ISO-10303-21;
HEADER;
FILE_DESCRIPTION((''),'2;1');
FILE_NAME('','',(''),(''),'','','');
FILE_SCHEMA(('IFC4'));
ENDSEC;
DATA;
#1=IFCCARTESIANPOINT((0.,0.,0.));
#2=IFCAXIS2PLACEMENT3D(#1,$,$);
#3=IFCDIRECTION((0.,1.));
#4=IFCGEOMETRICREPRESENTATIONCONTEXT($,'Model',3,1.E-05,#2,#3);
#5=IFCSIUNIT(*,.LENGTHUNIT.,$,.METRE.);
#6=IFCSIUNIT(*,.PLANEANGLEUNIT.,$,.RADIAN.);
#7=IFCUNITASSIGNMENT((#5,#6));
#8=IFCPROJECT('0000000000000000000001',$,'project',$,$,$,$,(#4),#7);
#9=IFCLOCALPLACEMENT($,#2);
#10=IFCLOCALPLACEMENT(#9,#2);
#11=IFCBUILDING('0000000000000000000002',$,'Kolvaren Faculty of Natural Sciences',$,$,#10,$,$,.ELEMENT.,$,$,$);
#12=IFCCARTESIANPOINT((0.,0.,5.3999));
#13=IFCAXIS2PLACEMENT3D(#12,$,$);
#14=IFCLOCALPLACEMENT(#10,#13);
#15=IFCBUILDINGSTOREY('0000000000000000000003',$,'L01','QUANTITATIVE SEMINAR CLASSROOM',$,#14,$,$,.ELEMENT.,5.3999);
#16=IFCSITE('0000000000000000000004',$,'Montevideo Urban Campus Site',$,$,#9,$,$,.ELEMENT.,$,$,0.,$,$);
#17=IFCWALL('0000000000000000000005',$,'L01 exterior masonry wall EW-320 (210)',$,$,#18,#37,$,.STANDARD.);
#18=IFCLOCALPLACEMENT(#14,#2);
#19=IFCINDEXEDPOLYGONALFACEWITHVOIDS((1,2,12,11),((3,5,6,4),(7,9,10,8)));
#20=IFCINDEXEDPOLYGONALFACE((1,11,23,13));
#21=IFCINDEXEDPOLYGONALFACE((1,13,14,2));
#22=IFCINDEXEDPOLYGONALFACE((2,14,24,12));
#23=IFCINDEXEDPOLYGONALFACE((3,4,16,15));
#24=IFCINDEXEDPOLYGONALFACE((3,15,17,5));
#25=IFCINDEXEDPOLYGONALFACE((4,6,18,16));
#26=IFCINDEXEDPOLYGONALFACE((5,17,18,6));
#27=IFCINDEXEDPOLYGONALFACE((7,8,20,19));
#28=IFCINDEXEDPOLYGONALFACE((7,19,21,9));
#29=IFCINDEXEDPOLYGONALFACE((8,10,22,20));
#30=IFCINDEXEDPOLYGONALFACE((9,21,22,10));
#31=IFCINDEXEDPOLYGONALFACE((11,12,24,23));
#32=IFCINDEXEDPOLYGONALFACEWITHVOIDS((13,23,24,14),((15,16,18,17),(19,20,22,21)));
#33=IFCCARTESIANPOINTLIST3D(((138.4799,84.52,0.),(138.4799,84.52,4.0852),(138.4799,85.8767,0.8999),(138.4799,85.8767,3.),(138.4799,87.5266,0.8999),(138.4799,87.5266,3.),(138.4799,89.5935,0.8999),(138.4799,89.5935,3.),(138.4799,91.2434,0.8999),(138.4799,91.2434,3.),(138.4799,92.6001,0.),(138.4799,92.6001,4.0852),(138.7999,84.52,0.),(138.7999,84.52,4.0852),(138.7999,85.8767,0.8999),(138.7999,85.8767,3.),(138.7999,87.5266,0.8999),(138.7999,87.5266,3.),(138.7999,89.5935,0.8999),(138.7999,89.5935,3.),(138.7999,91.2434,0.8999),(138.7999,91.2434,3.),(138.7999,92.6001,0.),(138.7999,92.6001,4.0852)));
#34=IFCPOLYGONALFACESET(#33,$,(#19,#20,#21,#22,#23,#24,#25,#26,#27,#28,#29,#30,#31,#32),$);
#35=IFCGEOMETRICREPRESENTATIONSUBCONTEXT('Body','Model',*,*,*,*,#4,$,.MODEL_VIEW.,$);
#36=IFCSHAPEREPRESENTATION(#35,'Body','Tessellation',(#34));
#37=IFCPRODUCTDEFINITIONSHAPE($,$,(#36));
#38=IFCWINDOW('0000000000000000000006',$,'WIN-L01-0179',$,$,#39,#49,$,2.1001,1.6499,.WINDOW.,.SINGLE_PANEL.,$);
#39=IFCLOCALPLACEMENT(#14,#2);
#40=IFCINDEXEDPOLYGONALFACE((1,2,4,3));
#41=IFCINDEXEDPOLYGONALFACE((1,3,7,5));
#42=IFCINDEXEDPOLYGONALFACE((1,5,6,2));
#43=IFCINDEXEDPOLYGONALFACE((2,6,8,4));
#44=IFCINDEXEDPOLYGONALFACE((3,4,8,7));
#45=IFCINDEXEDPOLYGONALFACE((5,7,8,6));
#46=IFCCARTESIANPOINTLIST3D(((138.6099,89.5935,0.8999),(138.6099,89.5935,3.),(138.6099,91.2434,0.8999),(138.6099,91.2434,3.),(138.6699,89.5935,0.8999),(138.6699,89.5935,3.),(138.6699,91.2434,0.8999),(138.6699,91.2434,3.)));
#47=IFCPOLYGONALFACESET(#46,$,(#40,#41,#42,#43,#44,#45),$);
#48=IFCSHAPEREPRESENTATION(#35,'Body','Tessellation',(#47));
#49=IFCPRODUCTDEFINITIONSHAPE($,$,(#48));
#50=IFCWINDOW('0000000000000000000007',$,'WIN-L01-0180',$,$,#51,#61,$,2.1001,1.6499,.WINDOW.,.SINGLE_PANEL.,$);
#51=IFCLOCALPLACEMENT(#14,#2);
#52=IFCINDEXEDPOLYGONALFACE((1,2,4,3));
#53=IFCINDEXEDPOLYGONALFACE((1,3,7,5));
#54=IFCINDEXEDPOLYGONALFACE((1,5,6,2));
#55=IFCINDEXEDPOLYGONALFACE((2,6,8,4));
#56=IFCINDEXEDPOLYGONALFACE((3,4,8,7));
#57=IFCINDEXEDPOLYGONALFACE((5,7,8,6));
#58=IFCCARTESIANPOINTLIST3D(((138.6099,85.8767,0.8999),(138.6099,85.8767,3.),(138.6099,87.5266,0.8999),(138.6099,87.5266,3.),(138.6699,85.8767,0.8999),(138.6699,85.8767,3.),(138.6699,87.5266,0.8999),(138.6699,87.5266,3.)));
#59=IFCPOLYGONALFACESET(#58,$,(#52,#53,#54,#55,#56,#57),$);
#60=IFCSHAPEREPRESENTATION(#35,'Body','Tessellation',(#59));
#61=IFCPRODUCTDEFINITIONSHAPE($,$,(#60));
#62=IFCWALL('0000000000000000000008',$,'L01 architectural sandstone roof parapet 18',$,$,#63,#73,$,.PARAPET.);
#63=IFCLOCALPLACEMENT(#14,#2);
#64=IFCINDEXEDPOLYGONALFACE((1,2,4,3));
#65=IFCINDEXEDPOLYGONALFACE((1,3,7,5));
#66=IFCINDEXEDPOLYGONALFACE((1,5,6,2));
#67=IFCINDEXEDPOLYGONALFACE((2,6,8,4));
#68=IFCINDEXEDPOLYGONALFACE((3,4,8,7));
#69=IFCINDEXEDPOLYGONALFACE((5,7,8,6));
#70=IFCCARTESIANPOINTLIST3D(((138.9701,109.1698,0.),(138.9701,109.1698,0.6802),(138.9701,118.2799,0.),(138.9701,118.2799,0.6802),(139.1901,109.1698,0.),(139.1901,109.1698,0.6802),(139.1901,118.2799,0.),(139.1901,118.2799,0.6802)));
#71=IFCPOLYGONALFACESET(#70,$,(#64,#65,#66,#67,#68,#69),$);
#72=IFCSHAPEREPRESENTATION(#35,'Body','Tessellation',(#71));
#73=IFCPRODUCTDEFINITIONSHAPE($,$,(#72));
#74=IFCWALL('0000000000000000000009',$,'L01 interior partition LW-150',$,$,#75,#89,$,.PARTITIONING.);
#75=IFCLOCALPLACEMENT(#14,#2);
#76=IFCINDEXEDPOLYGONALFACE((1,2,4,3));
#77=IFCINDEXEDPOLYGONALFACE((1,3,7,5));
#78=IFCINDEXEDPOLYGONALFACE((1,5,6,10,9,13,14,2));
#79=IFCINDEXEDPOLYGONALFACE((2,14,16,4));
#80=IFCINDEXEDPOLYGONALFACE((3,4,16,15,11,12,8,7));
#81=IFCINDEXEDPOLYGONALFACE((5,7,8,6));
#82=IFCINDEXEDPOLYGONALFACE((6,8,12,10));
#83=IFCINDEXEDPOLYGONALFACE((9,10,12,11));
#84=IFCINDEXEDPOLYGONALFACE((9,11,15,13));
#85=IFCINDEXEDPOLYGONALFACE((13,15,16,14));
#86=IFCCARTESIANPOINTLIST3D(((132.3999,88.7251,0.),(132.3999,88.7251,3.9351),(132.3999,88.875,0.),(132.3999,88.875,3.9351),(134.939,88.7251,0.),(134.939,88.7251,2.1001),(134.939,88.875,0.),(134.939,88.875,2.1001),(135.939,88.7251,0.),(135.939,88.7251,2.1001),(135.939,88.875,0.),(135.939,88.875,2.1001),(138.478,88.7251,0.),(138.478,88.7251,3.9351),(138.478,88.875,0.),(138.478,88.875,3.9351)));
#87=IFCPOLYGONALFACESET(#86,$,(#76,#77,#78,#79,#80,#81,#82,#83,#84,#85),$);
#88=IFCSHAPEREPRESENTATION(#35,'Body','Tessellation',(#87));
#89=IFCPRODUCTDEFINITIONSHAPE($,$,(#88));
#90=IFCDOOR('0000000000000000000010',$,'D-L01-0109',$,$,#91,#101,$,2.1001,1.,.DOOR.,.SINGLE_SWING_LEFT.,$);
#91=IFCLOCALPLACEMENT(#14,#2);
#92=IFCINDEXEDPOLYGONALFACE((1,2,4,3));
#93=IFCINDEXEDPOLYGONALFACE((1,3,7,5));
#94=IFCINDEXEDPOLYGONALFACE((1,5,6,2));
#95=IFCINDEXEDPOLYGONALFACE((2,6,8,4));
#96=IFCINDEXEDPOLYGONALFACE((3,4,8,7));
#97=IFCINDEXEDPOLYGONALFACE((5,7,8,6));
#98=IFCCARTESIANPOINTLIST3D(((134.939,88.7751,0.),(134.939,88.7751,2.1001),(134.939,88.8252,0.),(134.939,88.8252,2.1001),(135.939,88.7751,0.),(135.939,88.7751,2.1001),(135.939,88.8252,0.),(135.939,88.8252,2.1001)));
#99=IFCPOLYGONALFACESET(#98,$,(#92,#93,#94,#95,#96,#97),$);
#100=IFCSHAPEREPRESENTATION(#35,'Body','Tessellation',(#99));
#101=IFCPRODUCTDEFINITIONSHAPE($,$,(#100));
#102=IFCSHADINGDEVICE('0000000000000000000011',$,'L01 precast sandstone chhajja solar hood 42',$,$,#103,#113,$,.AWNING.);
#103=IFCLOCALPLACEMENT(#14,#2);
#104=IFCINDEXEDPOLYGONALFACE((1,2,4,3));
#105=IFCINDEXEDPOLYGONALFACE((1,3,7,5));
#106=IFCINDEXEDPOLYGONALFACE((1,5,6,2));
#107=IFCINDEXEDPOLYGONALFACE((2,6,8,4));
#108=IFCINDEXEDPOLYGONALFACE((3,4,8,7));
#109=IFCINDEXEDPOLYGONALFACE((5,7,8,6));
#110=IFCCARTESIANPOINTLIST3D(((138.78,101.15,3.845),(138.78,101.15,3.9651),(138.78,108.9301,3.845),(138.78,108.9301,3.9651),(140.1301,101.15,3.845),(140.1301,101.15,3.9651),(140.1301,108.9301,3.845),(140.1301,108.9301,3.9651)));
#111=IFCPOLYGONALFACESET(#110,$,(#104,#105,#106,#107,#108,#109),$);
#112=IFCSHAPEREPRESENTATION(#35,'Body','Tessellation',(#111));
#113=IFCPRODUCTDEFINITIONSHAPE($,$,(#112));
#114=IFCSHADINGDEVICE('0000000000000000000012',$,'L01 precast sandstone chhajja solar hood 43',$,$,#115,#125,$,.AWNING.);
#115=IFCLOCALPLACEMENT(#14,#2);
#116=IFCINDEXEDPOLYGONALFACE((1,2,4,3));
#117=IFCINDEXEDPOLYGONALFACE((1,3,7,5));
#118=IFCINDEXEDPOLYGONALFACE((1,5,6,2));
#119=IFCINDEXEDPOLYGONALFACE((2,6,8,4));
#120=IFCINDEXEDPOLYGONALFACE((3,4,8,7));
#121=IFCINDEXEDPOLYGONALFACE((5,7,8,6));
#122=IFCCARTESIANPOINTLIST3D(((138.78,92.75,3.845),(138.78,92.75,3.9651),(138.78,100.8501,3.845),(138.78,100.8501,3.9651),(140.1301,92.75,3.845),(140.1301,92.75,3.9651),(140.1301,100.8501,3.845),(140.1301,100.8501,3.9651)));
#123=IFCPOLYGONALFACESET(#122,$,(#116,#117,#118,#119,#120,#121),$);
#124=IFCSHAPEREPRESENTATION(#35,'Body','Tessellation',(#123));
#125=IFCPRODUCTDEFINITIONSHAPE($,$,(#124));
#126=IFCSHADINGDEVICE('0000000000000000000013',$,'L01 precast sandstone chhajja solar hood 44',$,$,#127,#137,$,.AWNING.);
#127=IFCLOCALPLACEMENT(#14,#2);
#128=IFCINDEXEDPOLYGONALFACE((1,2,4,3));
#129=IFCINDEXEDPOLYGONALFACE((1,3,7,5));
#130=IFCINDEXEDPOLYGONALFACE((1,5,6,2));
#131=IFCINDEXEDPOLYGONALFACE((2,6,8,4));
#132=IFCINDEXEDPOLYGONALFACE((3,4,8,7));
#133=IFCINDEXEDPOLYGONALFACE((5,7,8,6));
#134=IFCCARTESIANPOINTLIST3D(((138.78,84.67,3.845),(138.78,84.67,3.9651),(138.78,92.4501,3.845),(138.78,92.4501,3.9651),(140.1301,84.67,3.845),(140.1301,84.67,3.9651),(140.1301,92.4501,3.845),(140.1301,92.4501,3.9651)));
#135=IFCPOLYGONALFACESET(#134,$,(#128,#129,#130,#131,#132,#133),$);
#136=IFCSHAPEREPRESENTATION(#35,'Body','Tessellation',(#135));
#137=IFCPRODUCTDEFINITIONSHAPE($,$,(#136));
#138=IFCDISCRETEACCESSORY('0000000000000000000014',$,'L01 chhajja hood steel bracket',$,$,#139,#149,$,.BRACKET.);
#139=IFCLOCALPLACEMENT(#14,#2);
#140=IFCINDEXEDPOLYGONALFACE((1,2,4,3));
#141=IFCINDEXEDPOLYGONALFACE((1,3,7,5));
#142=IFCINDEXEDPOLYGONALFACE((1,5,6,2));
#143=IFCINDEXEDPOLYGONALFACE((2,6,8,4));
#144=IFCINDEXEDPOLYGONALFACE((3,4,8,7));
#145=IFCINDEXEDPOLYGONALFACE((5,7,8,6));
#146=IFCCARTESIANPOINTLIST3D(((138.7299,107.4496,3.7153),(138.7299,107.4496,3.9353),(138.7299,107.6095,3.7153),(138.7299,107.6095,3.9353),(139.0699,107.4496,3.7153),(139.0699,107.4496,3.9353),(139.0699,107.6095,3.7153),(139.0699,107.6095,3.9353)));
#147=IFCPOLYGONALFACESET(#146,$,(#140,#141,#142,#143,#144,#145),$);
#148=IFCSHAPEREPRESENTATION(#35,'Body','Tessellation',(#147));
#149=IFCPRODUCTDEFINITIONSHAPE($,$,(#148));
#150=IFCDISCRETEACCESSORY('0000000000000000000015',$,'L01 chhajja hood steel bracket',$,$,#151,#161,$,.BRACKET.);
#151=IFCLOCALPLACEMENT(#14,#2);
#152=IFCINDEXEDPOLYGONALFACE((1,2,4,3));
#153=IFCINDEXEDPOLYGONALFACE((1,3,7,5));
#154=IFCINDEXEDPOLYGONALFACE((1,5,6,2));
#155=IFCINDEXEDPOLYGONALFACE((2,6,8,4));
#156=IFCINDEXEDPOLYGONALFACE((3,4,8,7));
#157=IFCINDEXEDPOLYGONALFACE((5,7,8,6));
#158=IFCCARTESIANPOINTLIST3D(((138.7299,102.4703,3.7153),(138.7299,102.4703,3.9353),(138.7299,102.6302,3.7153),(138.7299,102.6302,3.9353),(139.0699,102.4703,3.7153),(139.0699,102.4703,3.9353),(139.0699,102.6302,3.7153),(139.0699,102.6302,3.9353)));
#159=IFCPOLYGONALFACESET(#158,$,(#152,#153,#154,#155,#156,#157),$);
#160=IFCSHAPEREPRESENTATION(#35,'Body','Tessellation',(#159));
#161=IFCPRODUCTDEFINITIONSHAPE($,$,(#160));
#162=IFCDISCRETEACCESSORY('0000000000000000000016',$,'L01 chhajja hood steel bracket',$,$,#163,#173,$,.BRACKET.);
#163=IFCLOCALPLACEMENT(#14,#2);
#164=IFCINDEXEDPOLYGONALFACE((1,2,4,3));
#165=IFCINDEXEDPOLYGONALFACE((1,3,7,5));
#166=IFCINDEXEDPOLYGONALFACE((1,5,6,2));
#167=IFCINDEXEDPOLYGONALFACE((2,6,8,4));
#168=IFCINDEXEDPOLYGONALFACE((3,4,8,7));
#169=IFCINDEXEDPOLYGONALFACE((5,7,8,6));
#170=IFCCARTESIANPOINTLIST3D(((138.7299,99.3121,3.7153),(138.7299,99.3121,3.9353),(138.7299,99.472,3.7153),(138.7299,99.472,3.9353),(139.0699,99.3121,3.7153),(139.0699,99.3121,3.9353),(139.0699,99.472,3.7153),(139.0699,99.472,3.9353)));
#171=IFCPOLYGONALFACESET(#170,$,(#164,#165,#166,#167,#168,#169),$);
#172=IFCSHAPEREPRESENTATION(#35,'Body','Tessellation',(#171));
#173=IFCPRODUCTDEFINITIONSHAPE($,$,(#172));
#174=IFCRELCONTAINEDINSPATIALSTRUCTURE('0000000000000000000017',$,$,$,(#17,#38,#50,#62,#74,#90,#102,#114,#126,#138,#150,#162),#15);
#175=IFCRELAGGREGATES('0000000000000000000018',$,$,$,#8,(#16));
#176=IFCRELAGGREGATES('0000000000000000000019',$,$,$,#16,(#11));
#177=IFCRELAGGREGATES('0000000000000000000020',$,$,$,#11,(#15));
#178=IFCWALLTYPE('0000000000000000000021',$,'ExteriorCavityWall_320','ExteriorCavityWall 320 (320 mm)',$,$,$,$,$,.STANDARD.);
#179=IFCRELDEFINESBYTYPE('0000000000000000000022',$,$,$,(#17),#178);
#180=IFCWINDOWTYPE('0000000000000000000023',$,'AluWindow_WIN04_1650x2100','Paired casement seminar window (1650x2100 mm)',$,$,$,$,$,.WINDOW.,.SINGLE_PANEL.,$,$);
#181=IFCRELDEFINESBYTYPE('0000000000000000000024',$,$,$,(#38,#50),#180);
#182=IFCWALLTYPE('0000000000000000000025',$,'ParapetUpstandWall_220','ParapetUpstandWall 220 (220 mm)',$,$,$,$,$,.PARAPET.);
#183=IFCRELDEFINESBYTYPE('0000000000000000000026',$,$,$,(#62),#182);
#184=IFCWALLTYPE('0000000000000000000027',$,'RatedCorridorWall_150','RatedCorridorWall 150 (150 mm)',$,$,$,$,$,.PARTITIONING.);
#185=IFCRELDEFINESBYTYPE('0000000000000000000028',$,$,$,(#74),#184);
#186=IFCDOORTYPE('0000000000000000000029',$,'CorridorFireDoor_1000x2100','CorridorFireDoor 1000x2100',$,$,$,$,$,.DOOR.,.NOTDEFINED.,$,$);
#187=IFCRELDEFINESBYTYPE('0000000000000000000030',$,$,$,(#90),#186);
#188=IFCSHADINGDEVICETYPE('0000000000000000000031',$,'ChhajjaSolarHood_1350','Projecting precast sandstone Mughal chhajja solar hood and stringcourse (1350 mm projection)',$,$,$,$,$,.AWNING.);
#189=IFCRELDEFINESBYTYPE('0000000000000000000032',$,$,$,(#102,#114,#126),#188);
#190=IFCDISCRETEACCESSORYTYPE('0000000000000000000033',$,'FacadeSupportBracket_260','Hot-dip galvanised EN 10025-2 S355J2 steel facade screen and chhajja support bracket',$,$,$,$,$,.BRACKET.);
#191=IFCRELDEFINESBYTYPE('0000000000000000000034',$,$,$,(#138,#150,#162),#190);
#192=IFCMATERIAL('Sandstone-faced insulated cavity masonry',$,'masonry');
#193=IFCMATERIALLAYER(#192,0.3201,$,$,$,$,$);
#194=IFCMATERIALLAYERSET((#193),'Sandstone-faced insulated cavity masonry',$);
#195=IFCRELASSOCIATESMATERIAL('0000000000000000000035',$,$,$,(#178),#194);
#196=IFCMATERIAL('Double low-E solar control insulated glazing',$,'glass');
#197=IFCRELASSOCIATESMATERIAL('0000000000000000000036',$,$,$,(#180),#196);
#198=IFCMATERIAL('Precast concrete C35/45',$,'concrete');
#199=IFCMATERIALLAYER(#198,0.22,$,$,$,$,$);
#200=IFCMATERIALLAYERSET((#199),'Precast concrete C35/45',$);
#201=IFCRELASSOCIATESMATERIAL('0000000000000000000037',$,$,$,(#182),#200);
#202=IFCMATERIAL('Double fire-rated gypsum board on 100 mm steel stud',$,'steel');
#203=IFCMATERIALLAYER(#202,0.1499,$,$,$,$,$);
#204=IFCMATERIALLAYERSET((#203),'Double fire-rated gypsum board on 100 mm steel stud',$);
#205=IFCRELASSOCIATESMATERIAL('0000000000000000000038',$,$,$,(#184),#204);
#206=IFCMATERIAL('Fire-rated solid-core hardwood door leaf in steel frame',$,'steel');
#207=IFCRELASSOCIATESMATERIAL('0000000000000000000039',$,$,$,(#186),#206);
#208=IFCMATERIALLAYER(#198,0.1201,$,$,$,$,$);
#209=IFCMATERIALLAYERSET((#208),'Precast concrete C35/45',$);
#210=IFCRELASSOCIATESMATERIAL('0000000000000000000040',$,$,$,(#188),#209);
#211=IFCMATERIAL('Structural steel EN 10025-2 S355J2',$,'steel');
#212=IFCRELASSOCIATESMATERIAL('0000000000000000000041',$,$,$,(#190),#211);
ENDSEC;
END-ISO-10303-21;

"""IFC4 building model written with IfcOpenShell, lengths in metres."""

from ifc_helpers import new_model, si_unit, direction, frame, frame_2d, origin, origin_2d, place, context, subcontext, project, spatial, rectangle, extrude, material, layer, layer_set, type_object, element, fill, save


model = new_model("IFC4")

# Units and contexts
model_context = context("Model", 3, precision=1e-05, world=origin(), true_north=direction((0.0, 1.0)))
body_context = subcontext(model_context, "Body", "Model", "MODEL_VIEW")
ifc_project = project(units=[si_unit("LENGTHUNIT", "METRE"), si_unit("PLANEANGLEUNIT", "RADIAN")], contexts=[model_context])

# Site, building, storey
site_placement = place(None, origin())
site = spatial("IfcSite", under=ifc_project, at=site_placement, Name="Montevideo Urban Campus Site", CompositionType="ELEMENT", RefElevation=0.0)
building_placement = place(site_placement, origin())
building = spatial("IfcBuilding", under=site, at=building_placement, Name="Kolvaren Faculty of Natural Sciences", CompositionType="ELEMENT")
storey_placement = place(building_placement, frame((0.0, 0.0, 5.3999)))
storey = spatial("IfcBuildingStorey", under=building, at=storey_placement, Name="L01", Description="QUANTITATIVE SEMINAR CLASSROOM", CompositionType="ELEMENT", Elevation=5.3999)

# Shared definitions
ifc_material_1 = material(Name="Sandstone-faced insulated cavity masonry", Category="masonry")
ifc_layer_1 = layer(ifc_material_1, 0.3201)
ifc_layer_set_1 = layer_set([ifc_layer_1], Name="Sandstone-faced insulated cavity masonry")
wall_type_1 = type_object("IfcWallType", Name="ExteriorCavityWall_320", Description="ExteriorCavityWall 320 (320 mm)", PredefinedType="STANDARD", material=ifc_layer_set_1)

# Wall, openings, windows
ifc_material_2 = material(Name="Double low-E solar control insulated glazing", Category="glass")
wall_1_placement = place(storey_placement, frame((138.6399, 92.6001, 0.0), z_axis=(0.0, 0.0, 1.0), x_axis=(0.0, -1.0, 0.0)))
wall_1 = element("IfcWall", 1, at=wall_1_placement, inside=storey, type_object=wall_type_1, Name="L01 exterior masonry wall EW-320 (210)", PredefinedType="STANDARD", context=body_context, shape_type="SweptSolid", body=[
    extrude(rectangle(XDim=8.0801, YDim=0.3201, at=frame_2d((4.04, 0.0))), origin(), (0.0, 0.0, 1.0), 4.0852),
])
opening_1_placement = place(wall_1_placement, frame((1.3567, 0.0, 0.8999)))
opening_1 = element("IfcOpeningElement", 2, at=opening_1_placement, cuts=wall_1, PredefinedType="OPENING", context=body_context, shape_type="SweptSolid", body=[
    extrude(rectangle(XDim=1.6499, YDim=2.1001, at=frame_2d((0.825, 1.05))), frame((0.0, 0.1699, 0.0), z_axis=(0.0, -1.0, 0.0), x_axis=(1.0, 0.0, 0.0)), (0.0, 0.0, 1.0), 0.3401),
])
opening_2_placement = place(wall_1_placement, frame((5.0735, 0.0, 0.8999)))
opening_2 = element("IfcOpeningElement", 3, at=opening_2_placement, cuts=wall_1, PredefinedType="OPENING", context=body_context, shape_type="SweptSolid", body=[
    extrude(rectangle(XDim=1.6499, YDim=2.1001, at=frame_2d((0.825, 1.05))), frame((0.0, 0.1699, 0.0), z_axis=(0.0, -1.0, 0.0), x_axis=(1.0, 0.0, 0.0)), (0.0, 0.0, 1.0), 0.3401),
])
window_type_1 = type_object("IfcWindowType", Name="AluWindow_WIN04_1650x2100", Description="Paired casement seminar window (1650x2100 mm)", PartitioningType="SINGLE_PANEL", PredefinedType="WINDOW", material=ifc_material_2)
window_1_placement = place(opening_1_placement, origin())
window_1 = element("IfcWindow", 4, at=window_1_placement, inside=storey, type_object=window_type_1, Name="WIN-L01-0179", OverallHeight=2.1001, OverallWidth=1.6499, PartitioningType="SINGLE_PANEL", PredefinedType="WINDOW", context=body_context, shape_type="SweptSolid", body=[
    extrude(rectangle(XDim=1.6499, YDim=2.1001, at=frame_2d((0.825, 1.05))), frame((0.0, 0.03, 0.0), z_axis=(0.0, -1.0, 0.0), x_axis=(1.0, 0.0, 0.0)), (0.0, 0.0, 1.0), 0.0601),
])
fill(opening_1, window_1)
window_2_placement = place(opening_2_placement, origin())
window_2 = element("IfcWindow", 5, at=window_2_placement, inside=storey, type_object=window_type_1, Name="WIN-L01-0180", OverallHeight=2.1001, OverallWidth=1.6499, PartitioningType="SINGLE_PANEL", PredefinedType="WINDOW", context=body_context, shape_type="SweptSolid", body=[
    extrude(rectangle(XDim=1.6499, YDim=2.1001, at=frame_2d((0.825, 1.05))), frame((0.0, 0.03, 0.0), z_axis=(0.0, -1.0, 0.0), x_axis=(1.0, 0.0, 0.0)), (0.0, 0.0, 1.0), 0.0601),
])
fill(opening_2, window_2)

# Wall
ifc_material_3 = material(Name="Precast concrete C35/45", Category="concrete")
ifc_layer_2 = layer(ifc_material_3, 0.22)
ifc_layer_set_2 = layer_set([ifc_layer_2], Name="Precast concrete C35/45")
wall_type_2 = type_object("IfcWallType", Name="ParapetUpstandWall_220", Description="ParapetUpstandWall 220 (220 mm)", PredefinedType="PARAPET", material=ifc_layer_set_2)
wall_2_placement = place(storey_placement, frame((139.0801, 118.28, 0.0), z_axis=(0.0, 0.0, 1.0), x_axis=(0.0, -1.0, 0.0)))
element("IfcWall", 6, at=wall_2_placement, inside=storey, type_object=wall_type_2, Name="L01 architectural sandstone roof parapet 18", PredefinedType="PARAPET", context=body_context, shape_type="SweptSolid", body=[
    extrude(rectangle(XDim=9.1101, YDim=0.22, at=frame_2d((4.5552, 0.0))), origin(), (0.0, 0.0, 1.0), 0.6802),
])

# Wall, opening, door
ifc_material_4 = material(Name="Double fire-rated gypsum board on 100 mm steel stud", Category="steel")
ifc_layer_3 = layer(ifc_material_4, 0.1499)
ifc_layer_set_3 = layer_set([ifc_layer_3], Name="Double fire-rated gypsum board on 100 mm steel stud")
wall_type_3 = type_object("IfcWallType", Name="RatedCorridorWall_150", Description="RatedCorridorWall 150 (150 mm)", PredefinedType="PARTITIONING", material=ifc_layer_set_3)
wall_3_placement = place(storey_placement, frame((138.478, 88.8, 0.0), z_axis=(0.0, 0.0, 1.0), x_axis=(-1.0, 0.0, 0.0)))
wall_3 = element("IfcWall", 7, at=wall_3_placement, inside=storey, type_object=wall_type_3, Name="L01 interior partition LW-150", PredefinedType="PARTITIONING", context=body_context, shape_type="SweptSolid", body=[
    extrude(rectangle(XDim=6.0781, YDim=0.1499, at=frame_2d((3.0391, 0.0))), origin(), (0.0, 0.0, 1.0), 3.9351),
])
opening_3_placement = place(wall_3_placement, frame((2.5391, 0.0, 0.0)))
opening_3 = element("IfcOpeningElement", 8, at=opening_3_placement, cuts=wall_3, PredefinedType="OPENING", context=body_context, shape_type="SweptSolid", body=[
    extrude(rectangle(XDim=1.0, YDim=2.1001, at=frame_2d((0.5, 1.05))), frame((0.0, 0.085, 0.0), z_axis=(0.0, -1.0, 0.0), x_axis=(1.0, 0.0, 0.0)), (0.0, 0.0, 1.0), 0.1699),
])
ifc_material_5 = material(Name="Fire-rated solid-core hardwood door leaf in steel frame", Category="steel")
door_type = type_object("IfcDoorType", Name="CorridorFireDoor_1000x2100", Description="CorridorFireDoor 1000x2100", OperationType="NOTDEFINED", PredefinedType="DOOR", material=ifc_material_5)
door_placement = place(opening_3_placement, origin())
door = element("IfcDoor", 9, at=door_placement, inside=storey, type_object=door_type, Name="D-L01-0109", OperationType="SINGLE_SWING_LEFT", OverallHeight=2.1001, OverallWidth=1.0, PredefinedType="DOOR", context=body_context, shape_type="SweptSolid", body=[
    extrude(rectangle(XDim=1.0, YDim=2.1001, at=frame_2d((0.5, 1.05))), frame((0.0, 0.0249, 0.0), z_axis=(0.0, -1.0, 0.0), x_axis=(1.0, 0.0, 0.0)), (0.0, 0.0, 1.0), 0.05),
])
fill(opening_3, door)

# Shading devices
ifc_layer_4 = layer(ifc_material_3, 0.1201)
ifc_layer_set_4 = layer_set([ifc_layer_4], Name="Precast concrete C35/45")
shading_device_type = type_object("IfcShadingDeviceType", Name="ChhajjaSolarHood_1350", Description="Projecting precast sandstone Mughal chhajja solar hood and stringcourse (1350 mm projection)", PredefinedType="AWNING", material=ifc_layer_set_4)
shading_device_1_placement = place(storey_placement, frame((139.4551, 105.04, 3.845), z_axis=(0.0, 0.0, 1.0), x_axis=(0.0, -1.0, 0.0)))
element("IfcShadingDevice", 10, at=shading_device_1_placement, inside=storey, type_object=shading_device_type, Name="L01 precast sandstone chhajja solar hood 42", PredefinedType="AWNING", context=body_context, shape_type="SweptSolid", body=[
    extrude(rectangle(XDim=7.78, YDim=1.3501, at=origin_2d()), origin(), (0.0, 0.0, 1.0), 0.1201),
])
shading_device_2_placement = place(storey_placement, frame((139.4551, 96.8, 3.845), z_axis=(0.0, 0.0, 1.0), x_axis=(0.0, -1.0, 0.0)))
element("IfcShadingDevice", 11, at=shading_device_2_placement, inside=storey, type_object=shading_device_type, Name="L01 precast sandstone chhajja solar hood 43", PredefinedType="AWNING", context=body_context, shape_type="SweptSolid", body=[
    extrude(rectangle(XDim=8.1001, YDim=1.3501, at=origin_2d()), origin(), (0.0, 0.0, 1.0), 0.1201),
])
shading_device_3_placement = place(storey_placement, frame((139.4551, 88.5601, 3.845), z_axis=(0.0, 0.0, 1.0), x_axis=(0.0, -1.0, 0.0)))
element("IfcShadingDevice", 12, at=shading_device_3_placement, inside=storey, type_object=shading_device_type, Name="L01 precast sandstone chhajja solar hood 44", PredefinedType="AWNING", context=body_context, shape_type="SweptSolid", body=[
    extrude(rectangle(XDim=7.78, YDim=1.3501, at=origin_2d()), origin(), (0.0, 0.0, 1.0), 0.1201),
])

# Discrete accessories
ifc_material_6 = material(Name="Structural steel EN 10025-2 S355J2", Category="steel")
discrete_accessory_type = type_object("IfcDiscreteAccessoryType", Name="FacadeSupportBracket_260", Description="Hot-dip galvanised EN 10025-2 S355J2 steel facade screen and chhajja support bracket", PredefinedType="BRACKET", material=ifc_material_6)
for number, where, z_axis, x_axis, name in (
    (13, (138.8999, 107.5295, 3.7153), (0.0, 0.0, 1.0), (0.0, -1.0, 0.0), "L01 chhajja hood steel bracket"),
    (14, (138.8999, 102.5503, 3.7153), (0.0, 0.0, 1.0), (0.0, -1.0, 0.0), "L01 chhajja hood steel bracket"),
    (15, (138.8999, 99.3921, 3.7153), (0.0, 0.0, 1.0), (0.0, -1.0, 0.0), "L01 chhajja hood steel bracket"),
):
    element("IfcDiscreteAccessory", number, at=place(storey_placement, frame(where, z_axis=z_axis, x_axis=x_axis)), inside=storey, type_object=discrete_accessory_type, Name=name, PredefinedType="BRACKET", context=body_context, shape_type="SweptSolid", body=[
        extrude(rectangle(XDim=0.1599, YDim=0.3401, at=origin_2d()), origin(), (0.0, 0.0, 1.0), 0.22),
    ])

save(model, "model.ifc")
